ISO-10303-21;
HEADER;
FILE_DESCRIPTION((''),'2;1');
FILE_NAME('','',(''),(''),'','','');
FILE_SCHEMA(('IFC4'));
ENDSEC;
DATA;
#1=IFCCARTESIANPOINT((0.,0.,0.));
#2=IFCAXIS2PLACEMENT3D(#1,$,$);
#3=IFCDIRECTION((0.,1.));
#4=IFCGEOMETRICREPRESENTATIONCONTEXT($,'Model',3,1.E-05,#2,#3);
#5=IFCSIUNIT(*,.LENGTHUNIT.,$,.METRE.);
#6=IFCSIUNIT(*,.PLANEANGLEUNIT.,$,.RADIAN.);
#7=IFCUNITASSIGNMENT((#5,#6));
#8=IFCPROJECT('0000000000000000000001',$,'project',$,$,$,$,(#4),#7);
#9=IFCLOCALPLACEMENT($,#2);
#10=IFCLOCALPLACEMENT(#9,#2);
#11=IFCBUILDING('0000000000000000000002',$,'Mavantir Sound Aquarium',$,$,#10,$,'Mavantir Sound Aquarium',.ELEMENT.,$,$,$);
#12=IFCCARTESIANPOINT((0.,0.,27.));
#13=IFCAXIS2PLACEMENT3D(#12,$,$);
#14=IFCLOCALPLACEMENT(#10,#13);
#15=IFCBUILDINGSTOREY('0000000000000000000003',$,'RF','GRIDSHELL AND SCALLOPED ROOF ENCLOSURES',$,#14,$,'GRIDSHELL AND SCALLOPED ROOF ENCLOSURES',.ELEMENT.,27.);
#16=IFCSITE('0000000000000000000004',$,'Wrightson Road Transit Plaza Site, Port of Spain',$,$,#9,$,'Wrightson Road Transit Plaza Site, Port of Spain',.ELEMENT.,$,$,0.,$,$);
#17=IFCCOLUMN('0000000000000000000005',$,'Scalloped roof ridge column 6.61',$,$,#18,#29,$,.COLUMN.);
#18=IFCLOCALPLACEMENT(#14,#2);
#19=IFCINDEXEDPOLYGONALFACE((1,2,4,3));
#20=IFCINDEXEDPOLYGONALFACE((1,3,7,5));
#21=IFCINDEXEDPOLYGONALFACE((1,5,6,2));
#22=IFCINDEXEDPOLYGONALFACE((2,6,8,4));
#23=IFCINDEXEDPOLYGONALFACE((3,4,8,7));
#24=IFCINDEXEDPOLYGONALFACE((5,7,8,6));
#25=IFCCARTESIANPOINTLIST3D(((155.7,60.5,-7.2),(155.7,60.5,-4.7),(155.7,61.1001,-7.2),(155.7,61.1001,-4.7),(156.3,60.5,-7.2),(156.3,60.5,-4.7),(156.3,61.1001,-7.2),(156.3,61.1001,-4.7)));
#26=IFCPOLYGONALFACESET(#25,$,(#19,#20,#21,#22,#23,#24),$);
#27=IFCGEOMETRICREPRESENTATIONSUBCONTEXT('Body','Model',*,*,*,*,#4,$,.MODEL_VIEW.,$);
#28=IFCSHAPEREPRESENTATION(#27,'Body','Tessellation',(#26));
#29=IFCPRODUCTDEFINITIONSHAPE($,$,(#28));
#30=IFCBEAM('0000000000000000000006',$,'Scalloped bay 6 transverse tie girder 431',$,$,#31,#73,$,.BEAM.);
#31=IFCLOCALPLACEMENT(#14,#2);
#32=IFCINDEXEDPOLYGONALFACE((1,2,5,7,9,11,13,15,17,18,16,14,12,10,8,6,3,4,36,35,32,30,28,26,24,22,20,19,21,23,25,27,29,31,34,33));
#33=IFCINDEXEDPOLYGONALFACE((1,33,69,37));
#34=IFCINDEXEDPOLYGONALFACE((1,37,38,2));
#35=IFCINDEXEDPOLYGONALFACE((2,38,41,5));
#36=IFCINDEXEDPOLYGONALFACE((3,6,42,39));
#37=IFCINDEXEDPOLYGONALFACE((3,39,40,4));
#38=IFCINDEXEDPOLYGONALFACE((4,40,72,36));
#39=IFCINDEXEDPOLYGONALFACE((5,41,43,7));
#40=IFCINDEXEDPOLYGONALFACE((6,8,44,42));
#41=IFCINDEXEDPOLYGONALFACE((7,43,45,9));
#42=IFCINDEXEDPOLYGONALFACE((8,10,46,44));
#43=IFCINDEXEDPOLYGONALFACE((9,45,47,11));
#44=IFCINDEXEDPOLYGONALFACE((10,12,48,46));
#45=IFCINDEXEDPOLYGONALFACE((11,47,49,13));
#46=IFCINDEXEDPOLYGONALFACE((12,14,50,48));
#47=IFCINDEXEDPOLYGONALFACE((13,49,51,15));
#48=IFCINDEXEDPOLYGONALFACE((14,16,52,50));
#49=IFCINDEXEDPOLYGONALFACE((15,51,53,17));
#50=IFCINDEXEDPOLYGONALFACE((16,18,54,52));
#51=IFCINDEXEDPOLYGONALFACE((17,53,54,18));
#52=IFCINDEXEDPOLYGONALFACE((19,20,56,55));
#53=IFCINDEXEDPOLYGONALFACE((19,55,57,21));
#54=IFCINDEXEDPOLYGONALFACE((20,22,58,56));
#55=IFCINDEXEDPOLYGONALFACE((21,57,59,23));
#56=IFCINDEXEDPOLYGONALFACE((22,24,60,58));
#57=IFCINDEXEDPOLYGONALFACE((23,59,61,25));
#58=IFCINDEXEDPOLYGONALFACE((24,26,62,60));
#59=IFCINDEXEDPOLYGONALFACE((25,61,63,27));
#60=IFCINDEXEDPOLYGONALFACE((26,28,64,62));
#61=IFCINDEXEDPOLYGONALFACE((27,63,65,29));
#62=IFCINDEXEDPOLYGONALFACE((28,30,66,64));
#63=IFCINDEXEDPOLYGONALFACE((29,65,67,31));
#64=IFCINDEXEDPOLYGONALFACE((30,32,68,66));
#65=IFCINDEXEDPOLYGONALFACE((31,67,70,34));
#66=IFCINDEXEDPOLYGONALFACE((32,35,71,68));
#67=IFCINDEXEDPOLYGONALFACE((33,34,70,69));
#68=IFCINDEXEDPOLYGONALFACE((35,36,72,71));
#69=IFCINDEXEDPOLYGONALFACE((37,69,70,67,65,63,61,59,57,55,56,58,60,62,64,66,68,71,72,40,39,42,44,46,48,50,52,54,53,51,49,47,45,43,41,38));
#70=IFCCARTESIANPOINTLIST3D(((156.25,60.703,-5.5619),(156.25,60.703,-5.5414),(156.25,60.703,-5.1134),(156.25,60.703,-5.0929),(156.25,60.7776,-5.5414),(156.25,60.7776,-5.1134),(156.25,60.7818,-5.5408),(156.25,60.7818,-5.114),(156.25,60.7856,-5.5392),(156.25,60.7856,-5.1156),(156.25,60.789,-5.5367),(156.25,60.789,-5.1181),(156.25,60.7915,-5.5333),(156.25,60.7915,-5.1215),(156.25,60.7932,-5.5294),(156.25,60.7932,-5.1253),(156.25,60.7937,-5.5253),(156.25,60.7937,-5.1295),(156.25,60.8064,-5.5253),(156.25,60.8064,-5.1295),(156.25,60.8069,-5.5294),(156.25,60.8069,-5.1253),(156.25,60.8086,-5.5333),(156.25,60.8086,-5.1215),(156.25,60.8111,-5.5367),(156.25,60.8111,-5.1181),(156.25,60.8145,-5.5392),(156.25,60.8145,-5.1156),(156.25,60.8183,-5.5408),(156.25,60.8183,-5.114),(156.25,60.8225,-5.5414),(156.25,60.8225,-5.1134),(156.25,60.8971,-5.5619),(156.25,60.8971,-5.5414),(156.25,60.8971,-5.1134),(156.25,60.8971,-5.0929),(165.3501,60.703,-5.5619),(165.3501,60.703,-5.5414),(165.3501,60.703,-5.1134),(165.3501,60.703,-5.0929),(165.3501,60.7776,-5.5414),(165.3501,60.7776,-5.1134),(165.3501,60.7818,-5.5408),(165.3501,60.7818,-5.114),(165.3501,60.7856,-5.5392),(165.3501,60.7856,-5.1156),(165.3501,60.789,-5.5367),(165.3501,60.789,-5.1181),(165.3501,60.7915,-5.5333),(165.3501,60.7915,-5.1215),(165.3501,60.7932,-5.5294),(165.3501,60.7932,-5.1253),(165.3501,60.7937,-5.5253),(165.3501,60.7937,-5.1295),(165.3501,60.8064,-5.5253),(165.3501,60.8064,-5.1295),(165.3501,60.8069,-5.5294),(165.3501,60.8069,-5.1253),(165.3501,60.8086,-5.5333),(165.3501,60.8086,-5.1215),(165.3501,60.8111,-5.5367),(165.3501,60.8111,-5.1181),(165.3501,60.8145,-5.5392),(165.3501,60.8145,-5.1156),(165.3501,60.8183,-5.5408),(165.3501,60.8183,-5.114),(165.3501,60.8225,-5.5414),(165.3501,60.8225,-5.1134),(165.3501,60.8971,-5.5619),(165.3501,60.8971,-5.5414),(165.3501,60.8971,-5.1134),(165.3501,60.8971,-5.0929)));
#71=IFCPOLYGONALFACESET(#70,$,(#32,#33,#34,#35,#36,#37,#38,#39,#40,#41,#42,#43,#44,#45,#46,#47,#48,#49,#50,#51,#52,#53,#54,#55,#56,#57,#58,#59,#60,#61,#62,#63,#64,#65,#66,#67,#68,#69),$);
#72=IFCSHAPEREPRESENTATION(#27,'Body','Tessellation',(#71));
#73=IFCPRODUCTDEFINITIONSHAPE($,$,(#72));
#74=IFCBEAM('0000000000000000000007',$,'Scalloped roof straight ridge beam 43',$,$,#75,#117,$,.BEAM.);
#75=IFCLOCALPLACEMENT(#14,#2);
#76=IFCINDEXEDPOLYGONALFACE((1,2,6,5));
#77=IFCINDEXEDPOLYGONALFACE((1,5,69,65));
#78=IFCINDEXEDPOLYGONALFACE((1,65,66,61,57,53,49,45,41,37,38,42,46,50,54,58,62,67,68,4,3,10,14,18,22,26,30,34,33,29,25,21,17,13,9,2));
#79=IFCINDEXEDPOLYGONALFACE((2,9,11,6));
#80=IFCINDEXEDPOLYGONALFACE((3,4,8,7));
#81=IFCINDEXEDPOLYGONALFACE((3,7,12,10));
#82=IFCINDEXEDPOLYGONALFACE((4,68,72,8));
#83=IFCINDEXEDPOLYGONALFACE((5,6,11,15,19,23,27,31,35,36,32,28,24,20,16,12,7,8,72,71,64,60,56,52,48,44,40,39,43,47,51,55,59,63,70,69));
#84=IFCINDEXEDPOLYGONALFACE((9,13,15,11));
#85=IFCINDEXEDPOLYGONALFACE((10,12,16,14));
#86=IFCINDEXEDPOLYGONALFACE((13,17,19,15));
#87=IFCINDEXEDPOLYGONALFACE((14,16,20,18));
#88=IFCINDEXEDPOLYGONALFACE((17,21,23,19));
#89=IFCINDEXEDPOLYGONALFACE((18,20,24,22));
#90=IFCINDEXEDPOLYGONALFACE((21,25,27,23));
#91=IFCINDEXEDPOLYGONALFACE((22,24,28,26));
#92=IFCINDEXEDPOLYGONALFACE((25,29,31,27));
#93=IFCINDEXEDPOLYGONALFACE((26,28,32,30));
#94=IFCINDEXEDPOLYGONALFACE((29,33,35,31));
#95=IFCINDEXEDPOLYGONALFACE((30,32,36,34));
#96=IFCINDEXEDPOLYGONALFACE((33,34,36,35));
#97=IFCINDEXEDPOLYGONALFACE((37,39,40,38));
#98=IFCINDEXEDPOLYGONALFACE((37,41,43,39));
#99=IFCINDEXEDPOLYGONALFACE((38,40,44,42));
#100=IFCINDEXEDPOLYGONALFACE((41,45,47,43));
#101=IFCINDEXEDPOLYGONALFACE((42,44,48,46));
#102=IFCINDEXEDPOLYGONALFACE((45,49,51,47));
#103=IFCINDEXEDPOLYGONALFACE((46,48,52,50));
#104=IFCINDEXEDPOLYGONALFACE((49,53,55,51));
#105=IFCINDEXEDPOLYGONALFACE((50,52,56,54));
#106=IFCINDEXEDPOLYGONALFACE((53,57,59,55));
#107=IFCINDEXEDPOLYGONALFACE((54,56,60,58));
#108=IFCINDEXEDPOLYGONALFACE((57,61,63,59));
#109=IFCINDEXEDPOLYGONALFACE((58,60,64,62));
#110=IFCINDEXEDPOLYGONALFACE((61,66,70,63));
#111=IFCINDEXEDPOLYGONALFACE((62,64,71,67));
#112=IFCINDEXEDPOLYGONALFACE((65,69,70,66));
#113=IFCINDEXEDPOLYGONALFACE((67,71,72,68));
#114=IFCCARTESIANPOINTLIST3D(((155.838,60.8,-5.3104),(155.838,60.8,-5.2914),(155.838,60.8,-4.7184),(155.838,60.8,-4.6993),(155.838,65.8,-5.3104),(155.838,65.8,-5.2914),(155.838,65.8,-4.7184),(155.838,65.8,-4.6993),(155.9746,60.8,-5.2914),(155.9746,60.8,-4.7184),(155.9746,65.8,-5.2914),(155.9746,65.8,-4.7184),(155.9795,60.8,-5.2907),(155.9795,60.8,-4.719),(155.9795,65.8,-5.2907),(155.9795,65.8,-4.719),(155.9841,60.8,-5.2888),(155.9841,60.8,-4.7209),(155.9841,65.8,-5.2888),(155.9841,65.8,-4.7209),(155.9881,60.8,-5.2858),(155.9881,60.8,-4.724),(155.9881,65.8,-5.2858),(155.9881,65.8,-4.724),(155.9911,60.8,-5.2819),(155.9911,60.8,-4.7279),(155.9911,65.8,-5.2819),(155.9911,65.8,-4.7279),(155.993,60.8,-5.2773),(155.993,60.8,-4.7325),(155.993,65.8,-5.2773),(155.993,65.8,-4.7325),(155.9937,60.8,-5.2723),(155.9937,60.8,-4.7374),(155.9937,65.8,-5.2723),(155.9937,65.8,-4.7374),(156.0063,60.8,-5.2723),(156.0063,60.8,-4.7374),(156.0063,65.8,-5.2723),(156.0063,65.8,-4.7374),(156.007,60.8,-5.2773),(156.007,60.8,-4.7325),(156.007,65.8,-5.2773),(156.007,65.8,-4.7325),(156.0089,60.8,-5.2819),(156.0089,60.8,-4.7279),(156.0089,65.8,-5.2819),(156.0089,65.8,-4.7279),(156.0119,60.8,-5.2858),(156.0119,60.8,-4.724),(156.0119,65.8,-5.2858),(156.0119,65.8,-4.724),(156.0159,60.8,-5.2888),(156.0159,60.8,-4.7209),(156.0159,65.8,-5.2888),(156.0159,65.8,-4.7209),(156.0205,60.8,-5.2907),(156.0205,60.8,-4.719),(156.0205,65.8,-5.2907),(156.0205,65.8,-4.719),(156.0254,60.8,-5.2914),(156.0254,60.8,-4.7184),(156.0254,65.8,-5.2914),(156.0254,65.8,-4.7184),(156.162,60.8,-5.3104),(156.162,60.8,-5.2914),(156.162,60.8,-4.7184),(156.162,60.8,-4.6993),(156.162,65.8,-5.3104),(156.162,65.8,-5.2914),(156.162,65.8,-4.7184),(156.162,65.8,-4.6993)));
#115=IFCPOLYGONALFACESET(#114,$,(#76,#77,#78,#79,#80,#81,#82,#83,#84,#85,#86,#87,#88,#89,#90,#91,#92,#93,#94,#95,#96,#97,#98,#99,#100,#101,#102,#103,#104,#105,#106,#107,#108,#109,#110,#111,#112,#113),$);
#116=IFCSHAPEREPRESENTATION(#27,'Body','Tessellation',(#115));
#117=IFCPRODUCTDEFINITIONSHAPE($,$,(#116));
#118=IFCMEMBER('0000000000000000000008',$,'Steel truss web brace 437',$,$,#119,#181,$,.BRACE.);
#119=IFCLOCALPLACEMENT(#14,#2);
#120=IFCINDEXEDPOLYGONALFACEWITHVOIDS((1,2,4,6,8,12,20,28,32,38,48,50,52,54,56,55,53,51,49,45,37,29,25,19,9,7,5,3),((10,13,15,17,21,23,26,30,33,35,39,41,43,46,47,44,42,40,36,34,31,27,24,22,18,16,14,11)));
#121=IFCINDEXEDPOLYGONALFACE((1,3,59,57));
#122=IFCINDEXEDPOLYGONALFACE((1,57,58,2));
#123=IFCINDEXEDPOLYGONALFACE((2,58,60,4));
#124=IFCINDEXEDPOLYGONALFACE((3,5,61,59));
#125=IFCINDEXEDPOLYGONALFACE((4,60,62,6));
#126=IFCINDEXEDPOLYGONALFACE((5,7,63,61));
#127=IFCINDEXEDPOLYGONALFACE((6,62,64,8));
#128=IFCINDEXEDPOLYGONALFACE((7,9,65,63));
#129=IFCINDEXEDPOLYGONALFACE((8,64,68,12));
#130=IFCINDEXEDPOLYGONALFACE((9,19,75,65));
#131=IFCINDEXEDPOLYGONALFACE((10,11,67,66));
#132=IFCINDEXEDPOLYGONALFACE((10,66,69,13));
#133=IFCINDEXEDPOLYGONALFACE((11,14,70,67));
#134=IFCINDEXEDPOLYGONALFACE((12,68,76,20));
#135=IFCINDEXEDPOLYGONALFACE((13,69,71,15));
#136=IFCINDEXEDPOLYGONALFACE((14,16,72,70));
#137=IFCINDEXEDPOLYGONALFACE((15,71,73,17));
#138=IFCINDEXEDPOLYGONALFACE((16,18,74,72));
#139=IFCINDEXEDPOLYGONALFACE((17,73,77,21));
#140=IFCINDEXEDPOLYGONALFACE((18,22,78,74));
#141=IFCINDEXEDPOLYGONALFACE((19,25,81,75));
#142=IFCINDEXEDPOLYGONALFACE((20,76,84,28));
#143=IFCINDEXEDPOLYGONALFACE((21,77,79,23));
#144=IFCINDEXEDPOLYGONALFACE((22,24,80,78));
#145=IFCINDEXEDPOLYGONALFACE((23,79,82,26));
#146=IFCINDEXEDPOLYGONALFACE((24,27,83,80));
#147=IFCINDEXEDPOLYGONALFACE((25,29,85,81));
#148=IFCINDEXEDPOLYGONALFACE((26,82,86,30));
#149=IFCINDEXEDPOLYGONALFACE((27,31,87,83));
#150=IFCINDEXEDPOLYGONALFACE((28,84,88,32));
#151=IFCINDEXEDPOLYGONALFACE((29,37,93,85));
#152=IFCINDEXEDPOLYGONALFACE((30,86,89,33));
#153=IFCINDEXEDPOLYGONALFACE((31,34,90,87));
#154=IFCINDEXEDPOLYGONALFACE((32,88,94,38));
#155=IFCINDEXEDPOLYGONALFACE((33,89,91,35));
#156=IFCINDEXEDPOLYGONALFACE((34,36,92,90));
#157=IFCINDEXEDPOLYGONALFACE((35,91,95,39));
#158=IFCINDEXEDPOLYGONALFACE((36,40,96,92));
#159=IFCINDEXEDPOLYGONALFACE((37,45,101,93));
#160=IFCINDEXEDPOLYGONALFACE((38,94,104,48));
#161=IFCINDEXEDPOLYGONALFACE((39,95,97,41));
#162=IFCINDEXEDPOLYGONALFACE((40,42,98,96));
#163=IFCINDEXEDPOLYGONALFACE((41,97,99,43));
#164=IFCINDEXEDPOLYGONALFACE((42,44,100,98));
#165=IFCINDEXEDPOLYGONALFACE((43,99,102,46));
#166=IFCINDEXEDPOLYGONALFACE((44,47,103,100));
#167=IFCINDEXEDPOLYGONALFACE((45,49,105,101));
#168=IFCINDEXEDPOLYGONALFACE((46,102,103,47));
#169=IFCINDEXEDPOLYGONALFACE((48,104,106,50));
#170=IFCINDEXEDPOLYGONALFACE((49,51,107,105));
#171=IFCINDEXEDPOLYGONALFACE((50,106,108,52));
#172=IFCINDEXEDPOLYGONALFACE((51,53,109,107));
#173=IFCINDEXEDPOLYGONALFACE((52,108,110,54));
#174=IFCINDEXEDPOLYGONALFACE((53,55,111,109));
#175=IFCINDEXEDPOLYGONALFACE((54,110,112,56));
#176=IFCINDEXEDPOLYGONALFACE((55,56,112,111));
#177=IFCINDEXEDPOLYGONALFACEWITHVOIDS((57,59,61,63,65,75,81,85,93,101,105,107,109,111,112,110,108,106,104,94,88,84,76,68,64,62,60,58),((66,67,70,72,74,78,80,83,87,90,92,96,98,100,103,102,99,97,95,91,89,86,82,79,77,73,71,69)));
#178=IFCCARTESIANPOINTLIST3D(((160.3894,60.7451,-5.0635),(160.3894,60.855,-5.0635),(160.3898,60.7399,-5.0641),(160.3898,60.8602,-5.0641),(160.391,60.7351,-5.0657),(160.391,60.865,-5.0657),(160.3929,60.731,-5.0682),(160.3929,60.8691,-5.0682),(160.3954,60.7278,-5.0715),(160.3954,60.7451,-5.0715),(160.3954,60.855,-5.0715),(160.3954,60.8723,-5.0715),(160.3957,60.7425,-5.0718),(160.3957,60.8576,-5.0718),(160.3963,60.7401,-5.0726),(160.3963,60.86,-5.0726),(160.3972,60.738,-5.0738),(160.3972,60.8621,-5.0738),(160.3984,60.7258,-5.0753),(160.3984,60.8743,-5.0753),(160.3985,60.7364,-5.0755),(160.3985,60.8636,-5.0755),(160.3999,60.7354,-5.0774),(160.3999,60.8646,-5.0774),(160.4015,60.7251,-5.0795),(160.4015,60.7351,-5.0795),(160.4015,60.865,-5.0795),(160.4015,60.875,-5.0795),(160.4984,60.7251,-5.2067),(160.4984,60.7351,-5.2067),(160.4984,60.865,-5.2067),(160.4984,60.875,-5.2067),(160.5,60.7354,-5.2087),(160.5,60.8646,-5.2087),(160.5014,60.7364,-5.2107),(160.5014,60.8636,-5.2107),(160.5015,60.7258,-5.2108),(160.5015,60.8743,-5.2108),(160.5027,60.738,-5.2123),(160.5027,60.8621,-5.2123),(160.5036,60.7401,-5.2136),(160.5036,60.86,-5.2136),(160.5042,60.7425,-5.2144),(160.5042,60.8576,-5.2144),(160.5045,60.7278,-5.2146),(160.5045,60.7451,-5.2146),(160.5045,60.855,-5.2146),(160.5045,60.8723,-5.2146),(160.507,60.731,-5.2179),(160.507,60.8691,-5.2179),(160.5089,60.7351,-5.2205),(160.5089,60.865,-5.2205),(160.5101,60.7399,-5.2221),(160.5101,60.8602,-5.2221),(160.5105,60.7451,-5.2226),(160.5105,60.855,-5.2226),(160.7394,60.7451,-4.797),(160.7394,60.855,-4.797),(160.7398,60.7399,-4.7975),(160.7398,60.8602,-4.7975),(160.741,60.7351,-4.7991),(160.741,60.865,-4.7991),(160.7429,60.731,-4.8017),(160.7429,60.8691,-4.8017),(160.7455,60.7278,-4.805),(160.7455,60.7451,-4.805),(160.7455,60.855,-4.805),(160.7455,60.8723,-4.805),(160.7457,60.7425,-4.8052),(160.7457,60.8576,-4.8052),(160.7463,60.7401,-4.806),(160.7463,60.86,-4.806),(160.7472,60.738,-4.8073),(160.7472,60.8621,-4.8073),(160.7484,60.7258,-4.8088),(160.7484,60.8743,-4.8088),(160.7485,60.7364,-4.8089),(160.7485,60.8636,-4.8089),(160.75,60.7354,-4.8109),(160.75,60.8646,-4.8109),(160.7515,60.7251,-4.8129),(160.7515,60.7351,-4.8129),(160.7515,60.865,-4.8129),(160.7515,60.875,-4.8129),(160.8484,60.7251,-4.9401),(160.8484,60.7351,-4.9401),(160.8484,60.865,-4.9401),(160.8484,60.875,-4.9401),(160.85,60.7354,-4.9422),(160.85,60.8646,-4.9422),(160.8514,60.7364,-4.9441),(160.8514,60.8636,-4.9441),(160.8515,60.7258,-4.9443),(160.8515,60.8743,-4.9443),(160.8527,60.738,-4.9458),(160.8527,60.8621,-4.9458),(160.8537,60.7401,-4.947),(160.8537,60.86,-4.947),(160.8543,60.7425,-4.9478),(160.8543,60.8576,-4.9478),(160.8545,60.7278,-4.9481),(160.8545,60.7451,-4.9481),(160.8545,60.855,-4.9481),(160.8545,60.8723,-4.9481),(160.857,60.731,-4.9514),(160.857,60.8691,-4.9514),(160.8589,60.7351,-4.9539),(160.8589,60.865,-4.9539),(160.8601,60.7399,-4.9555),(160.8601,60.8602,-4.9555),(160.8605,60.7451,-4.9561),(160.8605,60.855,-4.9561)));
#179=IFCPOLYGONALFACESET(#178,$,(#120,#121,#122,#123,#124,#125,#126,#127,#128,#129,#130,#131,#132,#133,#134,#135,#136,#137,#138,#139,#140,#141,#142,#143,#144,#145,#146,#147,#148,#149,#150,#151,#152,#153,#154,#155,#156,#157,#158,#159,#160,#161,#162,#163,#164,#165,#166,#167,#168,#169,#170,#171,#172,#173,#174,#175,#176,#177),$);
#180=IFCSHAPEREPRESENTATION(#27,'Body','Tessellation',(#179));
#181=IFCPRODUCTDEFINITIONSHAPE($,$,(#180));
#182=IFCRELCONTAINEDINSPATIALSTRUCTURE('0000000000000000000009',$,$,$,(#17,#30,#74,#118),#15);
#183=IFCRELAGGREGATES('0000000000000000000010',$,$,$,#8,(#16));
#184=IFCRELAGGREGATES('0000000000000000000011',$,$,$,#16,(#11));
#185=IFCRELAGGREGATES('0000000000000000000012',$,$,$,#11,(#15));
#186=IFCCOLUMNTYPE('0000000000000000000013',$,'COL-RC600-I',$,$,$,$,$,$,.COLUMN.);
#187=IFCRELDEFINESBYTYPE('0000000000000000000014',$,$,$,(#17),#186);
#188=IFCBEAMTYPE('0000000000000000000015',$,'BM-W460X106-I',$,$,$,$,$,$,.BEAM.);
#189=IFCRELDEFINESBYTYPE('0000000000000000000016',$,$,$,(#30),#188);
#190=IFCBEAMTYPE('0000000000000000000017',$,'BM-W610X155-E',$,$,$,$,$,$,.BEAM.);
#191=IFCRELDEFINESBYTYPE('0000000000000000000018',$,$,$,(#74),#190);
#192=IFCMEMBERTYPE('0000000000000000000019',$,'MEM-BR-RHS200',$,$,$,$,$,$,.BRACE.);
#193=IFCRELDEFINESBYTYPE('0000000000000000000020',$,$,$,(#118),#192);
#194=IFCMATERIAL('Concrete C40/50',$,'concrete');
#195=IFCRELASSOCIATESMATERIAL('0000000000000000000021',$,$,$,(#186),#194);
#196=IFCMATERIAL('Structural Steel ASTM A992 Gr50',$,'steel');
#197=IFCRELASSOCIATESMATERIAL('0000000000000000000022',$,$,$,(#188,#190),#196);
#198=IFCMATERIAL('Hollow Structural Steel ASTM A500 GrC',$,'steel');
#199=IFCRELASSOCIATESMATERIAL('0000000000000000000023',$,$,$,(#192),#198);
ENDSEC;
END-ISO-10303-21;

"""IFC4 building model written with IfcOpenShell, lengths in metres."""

from ifc_helpers import new_model, si_unit, direction, frame, origin, origin_2d, place, context, subcontext, project, spatial, rectangle, hollow_rectangle, i_section, extrude, material, material_profile, profile_set, type_object, element, save


model = new_model("IFC4")

# Units and contexts
model_context = context("Model", 3, precision=1e-05, world=origin(), true_north=direction((0.0, 1.0)))
body_context = subcontext(model_context, "Body", "Model", "MODEL_VIEW")
ifc_project = project(units=[si_unit("LENGTHUNIT", "METRE"), si_unit("PLANEANGLEUNIT", "RADIAN")], contexts=[model_context])

# Site, building, storey
site_placement = place(None, origin())
site = spatial("IfcSite", under=ifc_project, at=site_placement, Name="Wrightson Road Transit Plaza Site, Port of Spain", LongName="Wrightson Road Transit Plaza Site, Port of Spain", CompositionType="ELEMENT", RefElevation=0.0)
building_placement = place(site_placement, origin())
building = spatial("IfcBuilding", under=site, at=building_placement, Name="Mavantir Sound Aquarium", LongName="Mavantir Sound Aquarium", CompositionType="ELEMENT")
storey_placement = place(building_placement, frame((0.0, 0.0, 27.0)))
storey = spatial("IfcBuildingStorey", under=building, at=storey_placement, Name="RF", Description="GRIDSHELL AND SCALLOPED ROOF ENCLOSURES", LongName="GRIDSHELL AND SCALLOPED ROOF ENCLOSURES", CompositionType="ELEMENT", Elevation=27.0)

# Column
ifc_material_1 = material(Name="Concrete C40/50", Category="concrete")
ifc_material_profile_1 = material_profile(ifc_material_1, rectangle(XDim=0.6001, YDim=0.6001, at=origin_2d()), Name="RC 600X600")
ifc_profile_set_1 = profile_set([ifc_material_profile_1], Name="Concrete C40/50")
column_type = type_object("IfcColumnType", Name="COL-RC600-I", PredefinedType="COLUMN", material=ifc_profile_set_1)
column_placement = place(storey_placement, frame((156.0, 60.8, -7.2), z_axis=(0.0, 0.0, 1.0), x_axis=(1.0, 0.0, 0.0)))
element("IfcColumn", 1, at=column_placement, inside=storey, type_object=column_type, Name="Scalloped roof ridge column 6.61", PredefinedType="COLUMN", context=body_context, shape_type="SweptSolid", body=[
    extrude(rectangle(XDim=0.6001, YDim=0.6001, at=origin_2d()), origin(), (0.0, 0.0, 1.0), 2.5),
])

# Beams
ifc_material_2 = material(Name="Structural Steel ASTM A992 Gr50", Category="steel")
ifc_material_profile_2 = material_profile(ifc_material_2, i_section(OverallWidth=0.1941, OverallDepth=0.469, WebThickness=0.0127, FlangeThickness=0.0205, FilletRadius=0.0161, at=origin_2d()), Name="W460X106")
ifc_profile_set_2 = profile_set([ifc_material_profile_2], Name="Structural Steel ASTM A992 Gr50")
beam_type_1 = type_object("IfcBeamType", Name="BM-W460X106-I", PredefinedType="BEAM", material=ifc_profile_set_2)
beam_1_placement = place(storey_placement, frame((156.25, 60.8, -5.3274), z_axis=(1.0, 0.0, 0.0), x_axis=(0.0, 1.0, 0.0)))
element("IfcBeam", 2, at=beam_1_placement, inside=storey, type_object=beam_type_1, Name="Scalloped bay 6 transverse tie girder 431", PredefinedType="BEAM", context=body_context, shape_type="SweptSolid", body=[
    extrude(i_section(OverallWidth=0.1941, OverallDepth=0.469, WebThickness=0.0127, FlangeThickness=0.0205, FilletRadius=0.0161, at=origin_2d()), origin(), (0.0, 0.0, 1.0), 9.1001),
])
ifc_material_profile_3 = material_profile(ifc_material_2, i_section(OverallWidth=0.324, OverallDepth=0.6111, WebThickness=0.0127, FlangeThickness=0.019, FilletRadius=0.019, at=origin_2d()), Name="W610X155")
ifc_profile_set_3 = profile_set([ifc_material_profile_3], Name="Structural Steel ASTM A992 Gr50")
beam_type_2 = type_object("IfcBeamType", Name="BM-W610X155-E", PredefinedType="BEAM", material=ifc_profile_set_3)
beam_2_placement = place(storey_placement, frame((156.0, 60.8, -5.0049), z_axis=(0.0, 1.0, 0.0), x_axis=(-1.0, 0.0, 0.0)))
element("IfcBeam", 3, at=beam_2_placement, inside=storey, type_object=beam_type_2, Name="Scalloped roof straight ridge beam 43", PredefinedType="BEAM", context=body_context, shape_type="SweptSolid", body=[
    extrude(i_section(OverallWidth=0.324, OverallDepth=0.6111, WebThickness=0.0127, FlangeThickness=0.019, FilletRadius=0.019, at=origin_2d()), origin(), (0.0, 0.0, 1.0), 5.0),
])

# Member
ifc_material_3 = material(Name="Hollow Structural Steel ASTM A500 GrC", Category="steel")
ifc_material_profile_4 = material_profile(ifc_material_3, hollow_rectangle(XDim=0.1499, YDim=0.2, WallThickness=0.01, InnerFilletRadius=0.01, OuterFilletRadius=0.02, at=origin_2d()), Name="RHS 200X150X10")
ifc_profile_set_4 = profile_set([ifc_material_profile_4], Name="Hollow Structural Steel ASTM A500 GrC")
member_type_1 = type_object("IfcMemberType", Name="MEM-BR-RHS200", PredefinedType="BRACE", material=ifc_profile_set_4)
member_1_placement = place(storey_placement, frame((160.45, 60.8, -5.1431), z_axis=(0.795585, 0.0, 0.605843), x_axis=(0.0, 1.0, 0.0)))
element("IfcMember", 4, at=member_1_placement, inside=storey, type_object=member_type_1, Name="Steel truss web brace 437", PredefinedType="BRACE", context=body_context, shape_type="SweptSolid", body=[
    extrude(hollow_rectangle(XDim=0.1499, YDim=0.2, WallThickness=0.01, InnerFilletRadius=0.01, OuterFilletRadius=0.02, at=origin_2d()), origin(), (0.0, 0.0, 1.0), 0.4399),
])

save(model, "model.ifc")
